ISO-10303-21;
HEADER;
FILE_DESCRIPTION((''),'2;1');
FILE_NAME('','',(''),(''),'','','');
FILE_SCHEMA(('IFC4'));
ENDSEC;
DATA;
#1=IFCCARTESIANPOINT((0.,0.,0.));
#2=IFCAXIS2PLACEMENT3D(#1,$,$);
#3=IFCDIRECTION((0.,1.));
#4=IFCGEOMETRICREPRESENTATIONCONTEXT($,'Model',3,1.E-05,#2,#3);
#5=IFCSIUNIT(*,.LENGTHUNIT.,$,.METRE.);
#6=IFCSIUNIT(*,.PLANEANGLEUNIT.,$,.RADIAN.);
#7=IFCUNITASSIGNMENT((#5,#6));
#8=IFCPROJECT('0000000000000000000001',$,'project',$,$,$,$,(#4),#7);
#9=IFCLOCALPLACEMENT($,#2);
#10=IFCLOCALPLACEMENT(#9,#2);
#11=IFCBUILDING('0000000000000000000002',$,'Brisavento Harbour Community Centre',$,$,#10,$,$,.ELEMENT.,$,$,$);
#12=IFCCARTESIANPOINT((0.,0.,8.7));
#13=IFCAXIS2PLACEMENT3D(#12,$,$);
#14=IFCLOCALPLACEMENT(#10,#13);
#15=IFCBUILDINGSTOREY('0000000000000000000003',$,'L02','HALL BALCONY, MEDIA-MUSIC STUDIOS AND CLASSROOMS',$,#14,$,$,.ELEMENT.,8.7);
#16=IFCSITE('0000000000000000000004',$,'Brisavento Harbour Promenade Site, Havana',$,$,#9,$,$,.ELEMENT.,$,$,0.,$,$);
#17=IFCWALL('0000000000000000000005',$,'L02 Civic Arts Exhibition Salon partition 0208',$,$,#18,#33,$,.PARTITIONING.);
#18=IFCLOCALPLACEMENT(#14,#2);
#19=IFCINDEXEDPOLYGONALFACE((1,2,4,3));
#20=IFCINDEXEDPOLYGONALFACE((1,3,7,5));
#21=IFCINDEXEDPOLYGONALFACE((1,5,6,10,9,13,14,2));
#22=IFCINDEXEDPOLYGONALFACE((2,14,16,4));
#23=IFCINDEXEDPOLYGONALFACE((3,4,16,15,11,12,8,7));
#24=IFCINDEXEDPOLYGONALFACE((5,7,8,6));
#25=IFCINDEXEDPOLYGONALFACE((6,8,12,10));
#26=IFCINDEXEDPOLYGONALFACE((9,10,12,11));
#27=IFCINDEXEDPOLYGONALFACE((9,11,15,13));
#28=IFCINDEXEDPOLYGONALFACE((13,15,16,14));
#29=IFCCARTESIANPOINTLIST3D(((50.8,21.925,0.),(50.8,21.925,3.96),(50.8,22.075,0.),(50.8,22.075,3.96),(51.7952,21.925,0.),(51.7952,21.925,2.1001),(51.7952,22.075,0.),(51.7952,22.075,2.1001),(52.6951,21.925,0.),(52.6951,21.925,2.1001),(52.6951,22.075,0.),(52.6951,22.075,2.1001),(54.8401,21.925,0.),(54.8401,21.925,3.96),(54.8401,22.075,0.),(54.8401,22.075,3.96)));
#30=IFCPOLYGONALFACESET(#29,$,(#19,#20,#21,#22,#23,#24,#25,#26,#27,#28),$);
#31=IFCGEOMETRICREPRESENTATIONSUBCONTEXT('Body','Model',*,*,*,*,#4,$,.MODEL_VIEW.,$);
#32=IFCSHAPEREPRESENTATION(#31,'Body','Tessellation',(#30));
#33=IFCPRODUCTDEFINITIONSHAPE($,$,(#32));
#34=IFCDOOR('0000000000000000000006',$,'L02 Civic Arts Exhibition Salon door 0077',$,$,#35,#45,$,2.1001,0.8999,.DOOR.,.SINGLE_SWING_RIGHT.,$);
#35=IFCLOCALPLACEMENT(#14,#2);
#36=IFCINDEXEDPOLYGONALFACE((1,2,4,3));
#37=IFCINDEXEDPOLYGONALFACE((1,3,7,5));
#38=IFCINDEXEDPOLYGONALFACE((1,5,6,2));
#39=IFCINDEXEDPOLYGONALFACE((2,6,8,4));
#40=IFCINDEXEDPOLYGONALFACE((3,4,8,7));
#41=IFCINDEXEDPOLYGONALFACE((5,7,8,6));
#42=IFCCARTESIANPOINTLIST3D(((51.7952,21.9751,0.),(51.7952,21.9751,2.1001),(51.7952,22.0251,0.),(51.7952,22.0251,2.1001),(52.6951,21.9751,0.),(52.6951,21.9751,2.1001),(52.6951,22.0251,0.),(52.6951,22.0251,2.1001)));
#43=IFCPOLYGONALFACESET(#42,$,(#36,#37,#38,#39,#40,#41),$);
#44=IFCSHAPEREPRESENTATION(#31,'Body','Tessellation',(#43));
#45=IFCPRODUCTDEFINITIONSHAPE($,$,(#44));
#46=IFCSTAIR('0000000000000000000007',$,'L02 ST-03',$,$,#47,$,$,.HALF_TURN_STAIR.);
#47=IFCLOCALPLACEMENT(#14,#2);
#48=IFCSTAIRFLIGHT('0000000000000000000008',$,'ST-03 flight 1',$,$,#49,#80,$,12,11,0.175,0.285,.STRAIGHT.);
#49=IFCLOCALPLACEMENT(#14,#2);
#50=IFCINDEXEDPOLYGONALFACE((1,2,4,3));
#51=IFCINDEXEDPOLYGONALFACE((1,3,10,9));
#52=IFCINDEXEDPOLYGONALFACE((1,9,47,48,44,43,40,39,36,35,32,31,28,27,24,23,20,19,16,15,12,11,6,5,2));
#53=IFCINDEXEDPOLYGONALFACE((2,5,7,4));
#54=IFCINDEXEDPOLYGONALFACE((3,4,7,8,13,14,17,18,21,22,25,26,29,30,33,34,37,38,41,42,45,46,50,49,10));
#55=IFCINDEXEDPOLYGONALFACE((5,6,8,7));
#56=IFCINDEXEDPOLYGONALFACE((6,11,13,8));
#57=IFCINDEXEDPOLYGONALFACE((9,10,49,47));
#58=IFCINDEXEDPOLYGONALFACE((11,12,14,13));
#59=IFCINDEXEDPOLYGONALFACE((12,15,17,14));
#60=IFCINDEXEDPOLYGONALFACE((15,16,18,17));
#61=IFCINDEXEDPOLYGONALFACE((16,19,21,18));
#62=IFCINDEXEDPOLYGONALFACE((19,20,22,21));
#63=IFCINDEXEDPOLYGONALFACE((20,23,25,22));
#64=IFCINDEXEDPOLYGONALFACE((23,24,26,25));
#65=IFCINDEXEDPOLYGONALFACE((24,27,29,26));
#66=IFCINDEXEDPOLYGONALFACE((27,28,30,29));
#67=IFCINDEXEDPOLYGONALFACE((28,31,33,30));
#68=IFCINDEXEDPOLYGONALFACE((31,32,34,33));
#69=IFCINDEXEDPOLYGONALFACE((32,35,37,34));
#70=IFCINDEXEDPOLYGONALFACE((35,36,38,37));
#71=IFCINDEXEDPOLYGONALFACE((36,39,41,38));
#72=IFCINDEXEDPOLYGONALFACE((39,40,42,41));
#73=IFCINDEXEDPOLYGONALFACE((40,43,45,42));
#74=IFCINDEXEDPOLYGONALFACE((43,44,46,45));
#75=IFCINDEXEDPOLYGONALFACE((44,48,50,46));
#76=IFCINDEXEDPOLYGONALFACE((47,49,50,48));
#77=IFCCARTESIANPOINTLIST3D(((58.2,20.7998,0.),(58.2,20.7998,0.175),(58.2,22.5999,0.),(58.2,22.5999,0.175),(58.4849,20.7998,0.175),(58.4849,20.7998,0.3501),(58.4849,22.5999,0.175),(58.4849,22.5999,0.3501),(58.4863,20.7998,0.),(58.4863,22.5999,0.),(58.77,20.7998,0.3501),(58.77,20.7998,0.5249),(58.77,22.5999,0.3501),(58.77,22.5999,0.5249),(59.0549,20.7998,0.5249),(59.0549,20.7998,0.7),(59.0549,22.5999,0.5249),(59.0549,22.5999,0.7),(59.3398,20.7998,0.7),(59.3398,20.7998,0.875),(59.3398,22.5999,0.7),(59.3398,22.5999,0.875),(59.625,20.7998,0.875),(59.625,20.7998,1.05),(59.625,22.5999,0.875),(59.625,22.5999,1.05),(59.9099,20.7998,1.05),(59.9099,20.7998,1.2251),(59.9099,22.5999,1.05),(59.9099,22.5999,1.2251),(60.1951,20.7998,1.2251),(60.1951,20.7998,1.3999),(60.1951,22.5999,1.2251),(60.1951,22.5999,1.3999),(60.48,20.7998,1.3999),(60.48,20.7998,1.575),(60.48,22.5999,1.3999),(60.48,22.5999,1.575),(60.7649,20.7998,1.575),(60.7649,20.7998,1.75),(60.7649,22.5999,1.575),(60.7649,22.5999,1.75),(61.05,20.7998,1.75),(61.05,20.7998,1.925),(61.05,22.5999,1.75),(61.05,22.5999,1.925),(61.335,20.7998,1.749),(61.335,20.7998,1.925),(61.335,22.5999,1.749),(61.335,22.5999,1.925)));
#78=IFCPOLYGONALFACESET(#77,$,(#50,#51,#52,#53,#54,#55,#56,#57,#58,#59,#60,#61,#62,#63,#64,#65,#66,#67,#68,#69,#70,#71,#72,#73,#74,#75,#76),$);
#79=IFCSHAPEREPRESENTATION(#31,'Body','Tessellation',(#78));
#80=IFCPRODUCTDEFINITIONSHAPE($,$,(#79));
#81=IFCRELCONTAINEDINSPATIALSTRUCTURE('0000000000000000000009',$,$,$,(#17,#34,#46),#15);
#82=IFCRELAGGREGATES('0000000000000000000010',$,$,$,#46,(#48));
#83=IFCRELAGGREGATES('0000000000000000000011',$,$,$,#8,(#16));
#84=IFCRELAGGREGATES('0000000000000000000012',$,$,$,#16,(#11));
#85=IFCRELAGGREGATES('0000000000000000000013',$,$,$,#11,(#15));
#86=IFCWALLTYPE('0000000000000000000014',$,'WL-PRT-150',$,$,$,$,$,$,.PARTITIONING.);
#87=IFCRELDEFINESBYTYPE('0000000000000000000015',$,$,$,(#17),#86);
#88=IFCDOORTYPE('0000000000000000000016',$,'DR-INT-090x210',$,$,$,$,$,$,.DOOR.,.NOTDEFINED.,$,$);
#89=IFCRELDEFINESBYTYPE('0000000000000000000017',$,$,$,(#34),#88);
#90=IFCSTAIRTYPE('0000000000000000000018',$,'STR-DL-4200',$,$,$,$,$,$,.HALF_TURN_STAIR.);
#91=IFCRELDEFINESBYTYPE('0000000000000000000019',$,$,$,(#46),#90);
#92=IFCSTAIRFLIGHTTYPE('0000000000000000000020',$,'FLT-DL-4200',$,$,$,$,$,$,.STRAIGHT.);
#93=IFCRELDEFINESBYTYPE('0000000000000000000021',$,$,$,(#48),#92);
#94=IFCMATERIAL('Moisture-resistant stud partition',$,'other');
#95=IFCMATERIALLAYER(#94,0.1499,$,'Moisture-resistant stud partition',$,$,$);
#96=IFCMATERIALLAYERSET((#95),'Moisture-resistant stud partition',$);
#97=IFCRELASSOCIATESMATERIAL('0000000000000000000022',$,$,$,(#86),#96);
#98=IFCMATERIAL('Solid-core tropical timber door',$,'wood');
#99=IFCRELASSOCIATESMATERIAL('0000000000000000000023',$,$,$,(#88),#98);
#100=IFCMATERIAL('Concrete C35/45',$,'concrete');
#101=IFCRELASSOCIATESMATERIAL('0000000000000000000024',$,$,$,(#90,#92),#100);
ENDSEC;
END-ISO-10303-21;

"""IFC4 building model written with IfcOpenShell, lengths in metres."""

from ifc_helpers import new_model, si_unit, direction, frame, frame_2d, origin, place, context, subcontext, project, spatial, polyline, rectangle, outline, extrude, material, layer, layer_set, type_object, element, fill, aggregate, save


model = new_model("IFC4")

# Units and contexts
model_context = context("Model", 3, precision=1e-05, world=origin(), true_north=direction((0.0, 1.0)))
body_context = subcontext(model_context, "Body", "Model", "MODEL_VIEW")
ifc_project = project(units=[si_unit("LENGTHUNIT", "METRE"), si_unit("PLANEANGLEUNIT", "RADIAN")], contexts=[model_context])

# Site, building, storey
site_placement = place(None, origin())
site = spatial("IfcSite", under=ifc_project, at=site_placement, Name="Brisavento Harbour Promenade Site, Havana", CompositionType="ELEMENT", RefElevation=0.0)
building_placement = place(site_placement, origin())
building = spatial("IfcBuilding", under=site, at=building_placement, Name="Brisavento Harbour Community Centre", CompositionType="ELEMENT")
storey_placement = place(building_placement, frame((0.0, 0.0, 8.7)))
storey = spatial("IfcBuildingStorey", under=building, at=storey_placement, Name="L02", Description="HALL BALCONY, MEDIA-MUSIC STUDIOS AND CLASSROOMS", CompositionType="ELEMENT", Elevation=8.7)

# Shared definitions
ifc_material_1 = material(Name="Concrete C35/45", Category="concrete")

# Wall, opening, door
ifc_material_2 = material(Name="Moisture-resistant stud partition", Category="other")
ifc_layer_1 = layer(ifc_material_2, 0.1499, Name="Moisture-resistant stud partition")
ifc_layer_set_1 = layer_set([ifc_layer_1], Name="Moisture-resistant stud partition")
wall_type_1 = type_object("IfcWallType", Name="WL-PRT-150", PredefinedType="PARTITIONING", material=ifc_layer_set_1)
wall_1_placement = place(storey_placement, frame((54.8401, 22.0, 0.0), z_axis=(0.0, 0.0, 1.0), x_axis=(-1.0, 0.0, 0.0)))
wall_1 = element("IfcWall", 1, at=wall_1_placement, inside=storey, type_object=wall_type_1, Name="L02 Civic Arts Exhibition Salon partition 0208", PredefinedType="PARTITIONING", context=body_context, shape_type="SweptSolid", body=[
    extrude(rectangle(XDim=4.04, YDim=0.1499, at=frame_2d((2.02, 0.0))), origin(), (0.0, 0.0, 1.0), 3.96),
])
opening_1_placement = place(wall_1_placement, frame((2.145, 0.0, 0.0)))
opening_1 = element("IfcOpeningElement", 2, at=opening_1_placement, cuts=wall_1, PredefinedType="OPENING", context=body_context, shape_type="SweptSolid", body=[
    extrude(rectangle(XDim=0.8999, YDim=2.1001, at=frame_2d((0.45, 1.05))), frame((0.0, 0.085, 0.0), z_axis=(0.0, -1.0, 0.0), x_axis=(1.0, 0.0, 0.0)), (0.0, 0.0, 1.0), 0.1699),
])
ifc_material_3 = material(Name="Solid-core tropical timber door", Category="wood")
door_type_1 = type_object("IfcDoorType", Name="DR-INT-090x210", OperationType="NOTDEFINED", PredefinedType="DOOR", material=ifc_material_3)
door_1_placement = place(opening_1_placement, origin())
door_1 = element("IfcDoor", 3, at=door_1_placement, inside=storey, type_object=door_type_1, Name="L02 Civic Arts Exhibition Salon door 0077", OperationType="SINGLE_SWING_RIGHT", OverallHeight=2.1001, OverallWidth=0.8999, PredefinedType="DOOR", context=body_context, shape_type="SweptSolid", body=[
    extrude(rectangle(XDim=0.8999, YDim=2.1001, at=frame_2d((0.45, 1.05))), frame((0.0, 0.0249, 0.0), z_axis=(0.0, -1.0, 0.0), x_axis=(1.0, 0.0, 0.0)), (0.0, 0.0, 1.0), 0.05),
])
fill(opening_1, door_1)

# Stair, stair flight
stair_type = type_object("IfcStairType", Name="STR-DL-4200", PredefinedType="HALF_TURN_STAIR", material=ifc_material_1)
stair_placement = place(storey_placement, origin())
stair = element("IfcStair", 4, at=stair_placement, inside=storey, type_object=stair_type, Name="L02 ST-03", PredefinedType="HALF_TURN_STAIR")
stair_flight_type = type_object("IfcStairFlightType", Name="FLT-DL-4200", PredefinedType="STRAIGHT", material=ifc_material_1)
stair_flight_placement = place(storey_placement, frame((58.2, 21.7, 0.0), z_axis=(0.0, 0.0, 1.0), x_axis=(1.0, 0.0, 0.0)))
stair_flight = element("IfcStairFlight", 5, at=stair_flight_placement, type_object=stair_flight_type, Name="ST-03 flight 1", NumberOfRisers=12, NumberOfTreads=11, PredefinedType="STRAIGHT", RiserHeight=0.175, TreadLength=0.285, context=body_context, shape_type="SweptSolid", body=[
    extrude(outline(polyline([(0.0, 0.0), (0.0, 0.175), (0.2849, 0.175), (0.2849, 0.3501), (0.5701, 0.3501), (0.5701, 0.5249), (0.855, 0.5249), (0.855, 0.7), (1.1399, 0.7), (1.1399, 0.875), (1.425, 0.875), (1.425, 1.05), (1.71, 1.05), (1.71, 1.2251), (1.9951, 1.2251), (1.9951, 1.3999), (2.28, 1.3999), (2.28, 1.575), (2.5649, 1.575), (2.5649, 1.75), (2.8501, 1.75), (2.8501, 1.925), (3.135, 1.925), (3.135, 2.1001), (3.135, 1.749), (0.2864, 0.0), (0.0, 0.0)])), frame((0.0, 0.8999, 0.0), z_axis=(0.0, -1.0, 0.0), x_axis=(1.0, 0.0, 0.0)), (0.0, 0.0, 1.0), 1.8),
])
aggregate(stair, [stair_flight])

save(model, "model.ifc")
